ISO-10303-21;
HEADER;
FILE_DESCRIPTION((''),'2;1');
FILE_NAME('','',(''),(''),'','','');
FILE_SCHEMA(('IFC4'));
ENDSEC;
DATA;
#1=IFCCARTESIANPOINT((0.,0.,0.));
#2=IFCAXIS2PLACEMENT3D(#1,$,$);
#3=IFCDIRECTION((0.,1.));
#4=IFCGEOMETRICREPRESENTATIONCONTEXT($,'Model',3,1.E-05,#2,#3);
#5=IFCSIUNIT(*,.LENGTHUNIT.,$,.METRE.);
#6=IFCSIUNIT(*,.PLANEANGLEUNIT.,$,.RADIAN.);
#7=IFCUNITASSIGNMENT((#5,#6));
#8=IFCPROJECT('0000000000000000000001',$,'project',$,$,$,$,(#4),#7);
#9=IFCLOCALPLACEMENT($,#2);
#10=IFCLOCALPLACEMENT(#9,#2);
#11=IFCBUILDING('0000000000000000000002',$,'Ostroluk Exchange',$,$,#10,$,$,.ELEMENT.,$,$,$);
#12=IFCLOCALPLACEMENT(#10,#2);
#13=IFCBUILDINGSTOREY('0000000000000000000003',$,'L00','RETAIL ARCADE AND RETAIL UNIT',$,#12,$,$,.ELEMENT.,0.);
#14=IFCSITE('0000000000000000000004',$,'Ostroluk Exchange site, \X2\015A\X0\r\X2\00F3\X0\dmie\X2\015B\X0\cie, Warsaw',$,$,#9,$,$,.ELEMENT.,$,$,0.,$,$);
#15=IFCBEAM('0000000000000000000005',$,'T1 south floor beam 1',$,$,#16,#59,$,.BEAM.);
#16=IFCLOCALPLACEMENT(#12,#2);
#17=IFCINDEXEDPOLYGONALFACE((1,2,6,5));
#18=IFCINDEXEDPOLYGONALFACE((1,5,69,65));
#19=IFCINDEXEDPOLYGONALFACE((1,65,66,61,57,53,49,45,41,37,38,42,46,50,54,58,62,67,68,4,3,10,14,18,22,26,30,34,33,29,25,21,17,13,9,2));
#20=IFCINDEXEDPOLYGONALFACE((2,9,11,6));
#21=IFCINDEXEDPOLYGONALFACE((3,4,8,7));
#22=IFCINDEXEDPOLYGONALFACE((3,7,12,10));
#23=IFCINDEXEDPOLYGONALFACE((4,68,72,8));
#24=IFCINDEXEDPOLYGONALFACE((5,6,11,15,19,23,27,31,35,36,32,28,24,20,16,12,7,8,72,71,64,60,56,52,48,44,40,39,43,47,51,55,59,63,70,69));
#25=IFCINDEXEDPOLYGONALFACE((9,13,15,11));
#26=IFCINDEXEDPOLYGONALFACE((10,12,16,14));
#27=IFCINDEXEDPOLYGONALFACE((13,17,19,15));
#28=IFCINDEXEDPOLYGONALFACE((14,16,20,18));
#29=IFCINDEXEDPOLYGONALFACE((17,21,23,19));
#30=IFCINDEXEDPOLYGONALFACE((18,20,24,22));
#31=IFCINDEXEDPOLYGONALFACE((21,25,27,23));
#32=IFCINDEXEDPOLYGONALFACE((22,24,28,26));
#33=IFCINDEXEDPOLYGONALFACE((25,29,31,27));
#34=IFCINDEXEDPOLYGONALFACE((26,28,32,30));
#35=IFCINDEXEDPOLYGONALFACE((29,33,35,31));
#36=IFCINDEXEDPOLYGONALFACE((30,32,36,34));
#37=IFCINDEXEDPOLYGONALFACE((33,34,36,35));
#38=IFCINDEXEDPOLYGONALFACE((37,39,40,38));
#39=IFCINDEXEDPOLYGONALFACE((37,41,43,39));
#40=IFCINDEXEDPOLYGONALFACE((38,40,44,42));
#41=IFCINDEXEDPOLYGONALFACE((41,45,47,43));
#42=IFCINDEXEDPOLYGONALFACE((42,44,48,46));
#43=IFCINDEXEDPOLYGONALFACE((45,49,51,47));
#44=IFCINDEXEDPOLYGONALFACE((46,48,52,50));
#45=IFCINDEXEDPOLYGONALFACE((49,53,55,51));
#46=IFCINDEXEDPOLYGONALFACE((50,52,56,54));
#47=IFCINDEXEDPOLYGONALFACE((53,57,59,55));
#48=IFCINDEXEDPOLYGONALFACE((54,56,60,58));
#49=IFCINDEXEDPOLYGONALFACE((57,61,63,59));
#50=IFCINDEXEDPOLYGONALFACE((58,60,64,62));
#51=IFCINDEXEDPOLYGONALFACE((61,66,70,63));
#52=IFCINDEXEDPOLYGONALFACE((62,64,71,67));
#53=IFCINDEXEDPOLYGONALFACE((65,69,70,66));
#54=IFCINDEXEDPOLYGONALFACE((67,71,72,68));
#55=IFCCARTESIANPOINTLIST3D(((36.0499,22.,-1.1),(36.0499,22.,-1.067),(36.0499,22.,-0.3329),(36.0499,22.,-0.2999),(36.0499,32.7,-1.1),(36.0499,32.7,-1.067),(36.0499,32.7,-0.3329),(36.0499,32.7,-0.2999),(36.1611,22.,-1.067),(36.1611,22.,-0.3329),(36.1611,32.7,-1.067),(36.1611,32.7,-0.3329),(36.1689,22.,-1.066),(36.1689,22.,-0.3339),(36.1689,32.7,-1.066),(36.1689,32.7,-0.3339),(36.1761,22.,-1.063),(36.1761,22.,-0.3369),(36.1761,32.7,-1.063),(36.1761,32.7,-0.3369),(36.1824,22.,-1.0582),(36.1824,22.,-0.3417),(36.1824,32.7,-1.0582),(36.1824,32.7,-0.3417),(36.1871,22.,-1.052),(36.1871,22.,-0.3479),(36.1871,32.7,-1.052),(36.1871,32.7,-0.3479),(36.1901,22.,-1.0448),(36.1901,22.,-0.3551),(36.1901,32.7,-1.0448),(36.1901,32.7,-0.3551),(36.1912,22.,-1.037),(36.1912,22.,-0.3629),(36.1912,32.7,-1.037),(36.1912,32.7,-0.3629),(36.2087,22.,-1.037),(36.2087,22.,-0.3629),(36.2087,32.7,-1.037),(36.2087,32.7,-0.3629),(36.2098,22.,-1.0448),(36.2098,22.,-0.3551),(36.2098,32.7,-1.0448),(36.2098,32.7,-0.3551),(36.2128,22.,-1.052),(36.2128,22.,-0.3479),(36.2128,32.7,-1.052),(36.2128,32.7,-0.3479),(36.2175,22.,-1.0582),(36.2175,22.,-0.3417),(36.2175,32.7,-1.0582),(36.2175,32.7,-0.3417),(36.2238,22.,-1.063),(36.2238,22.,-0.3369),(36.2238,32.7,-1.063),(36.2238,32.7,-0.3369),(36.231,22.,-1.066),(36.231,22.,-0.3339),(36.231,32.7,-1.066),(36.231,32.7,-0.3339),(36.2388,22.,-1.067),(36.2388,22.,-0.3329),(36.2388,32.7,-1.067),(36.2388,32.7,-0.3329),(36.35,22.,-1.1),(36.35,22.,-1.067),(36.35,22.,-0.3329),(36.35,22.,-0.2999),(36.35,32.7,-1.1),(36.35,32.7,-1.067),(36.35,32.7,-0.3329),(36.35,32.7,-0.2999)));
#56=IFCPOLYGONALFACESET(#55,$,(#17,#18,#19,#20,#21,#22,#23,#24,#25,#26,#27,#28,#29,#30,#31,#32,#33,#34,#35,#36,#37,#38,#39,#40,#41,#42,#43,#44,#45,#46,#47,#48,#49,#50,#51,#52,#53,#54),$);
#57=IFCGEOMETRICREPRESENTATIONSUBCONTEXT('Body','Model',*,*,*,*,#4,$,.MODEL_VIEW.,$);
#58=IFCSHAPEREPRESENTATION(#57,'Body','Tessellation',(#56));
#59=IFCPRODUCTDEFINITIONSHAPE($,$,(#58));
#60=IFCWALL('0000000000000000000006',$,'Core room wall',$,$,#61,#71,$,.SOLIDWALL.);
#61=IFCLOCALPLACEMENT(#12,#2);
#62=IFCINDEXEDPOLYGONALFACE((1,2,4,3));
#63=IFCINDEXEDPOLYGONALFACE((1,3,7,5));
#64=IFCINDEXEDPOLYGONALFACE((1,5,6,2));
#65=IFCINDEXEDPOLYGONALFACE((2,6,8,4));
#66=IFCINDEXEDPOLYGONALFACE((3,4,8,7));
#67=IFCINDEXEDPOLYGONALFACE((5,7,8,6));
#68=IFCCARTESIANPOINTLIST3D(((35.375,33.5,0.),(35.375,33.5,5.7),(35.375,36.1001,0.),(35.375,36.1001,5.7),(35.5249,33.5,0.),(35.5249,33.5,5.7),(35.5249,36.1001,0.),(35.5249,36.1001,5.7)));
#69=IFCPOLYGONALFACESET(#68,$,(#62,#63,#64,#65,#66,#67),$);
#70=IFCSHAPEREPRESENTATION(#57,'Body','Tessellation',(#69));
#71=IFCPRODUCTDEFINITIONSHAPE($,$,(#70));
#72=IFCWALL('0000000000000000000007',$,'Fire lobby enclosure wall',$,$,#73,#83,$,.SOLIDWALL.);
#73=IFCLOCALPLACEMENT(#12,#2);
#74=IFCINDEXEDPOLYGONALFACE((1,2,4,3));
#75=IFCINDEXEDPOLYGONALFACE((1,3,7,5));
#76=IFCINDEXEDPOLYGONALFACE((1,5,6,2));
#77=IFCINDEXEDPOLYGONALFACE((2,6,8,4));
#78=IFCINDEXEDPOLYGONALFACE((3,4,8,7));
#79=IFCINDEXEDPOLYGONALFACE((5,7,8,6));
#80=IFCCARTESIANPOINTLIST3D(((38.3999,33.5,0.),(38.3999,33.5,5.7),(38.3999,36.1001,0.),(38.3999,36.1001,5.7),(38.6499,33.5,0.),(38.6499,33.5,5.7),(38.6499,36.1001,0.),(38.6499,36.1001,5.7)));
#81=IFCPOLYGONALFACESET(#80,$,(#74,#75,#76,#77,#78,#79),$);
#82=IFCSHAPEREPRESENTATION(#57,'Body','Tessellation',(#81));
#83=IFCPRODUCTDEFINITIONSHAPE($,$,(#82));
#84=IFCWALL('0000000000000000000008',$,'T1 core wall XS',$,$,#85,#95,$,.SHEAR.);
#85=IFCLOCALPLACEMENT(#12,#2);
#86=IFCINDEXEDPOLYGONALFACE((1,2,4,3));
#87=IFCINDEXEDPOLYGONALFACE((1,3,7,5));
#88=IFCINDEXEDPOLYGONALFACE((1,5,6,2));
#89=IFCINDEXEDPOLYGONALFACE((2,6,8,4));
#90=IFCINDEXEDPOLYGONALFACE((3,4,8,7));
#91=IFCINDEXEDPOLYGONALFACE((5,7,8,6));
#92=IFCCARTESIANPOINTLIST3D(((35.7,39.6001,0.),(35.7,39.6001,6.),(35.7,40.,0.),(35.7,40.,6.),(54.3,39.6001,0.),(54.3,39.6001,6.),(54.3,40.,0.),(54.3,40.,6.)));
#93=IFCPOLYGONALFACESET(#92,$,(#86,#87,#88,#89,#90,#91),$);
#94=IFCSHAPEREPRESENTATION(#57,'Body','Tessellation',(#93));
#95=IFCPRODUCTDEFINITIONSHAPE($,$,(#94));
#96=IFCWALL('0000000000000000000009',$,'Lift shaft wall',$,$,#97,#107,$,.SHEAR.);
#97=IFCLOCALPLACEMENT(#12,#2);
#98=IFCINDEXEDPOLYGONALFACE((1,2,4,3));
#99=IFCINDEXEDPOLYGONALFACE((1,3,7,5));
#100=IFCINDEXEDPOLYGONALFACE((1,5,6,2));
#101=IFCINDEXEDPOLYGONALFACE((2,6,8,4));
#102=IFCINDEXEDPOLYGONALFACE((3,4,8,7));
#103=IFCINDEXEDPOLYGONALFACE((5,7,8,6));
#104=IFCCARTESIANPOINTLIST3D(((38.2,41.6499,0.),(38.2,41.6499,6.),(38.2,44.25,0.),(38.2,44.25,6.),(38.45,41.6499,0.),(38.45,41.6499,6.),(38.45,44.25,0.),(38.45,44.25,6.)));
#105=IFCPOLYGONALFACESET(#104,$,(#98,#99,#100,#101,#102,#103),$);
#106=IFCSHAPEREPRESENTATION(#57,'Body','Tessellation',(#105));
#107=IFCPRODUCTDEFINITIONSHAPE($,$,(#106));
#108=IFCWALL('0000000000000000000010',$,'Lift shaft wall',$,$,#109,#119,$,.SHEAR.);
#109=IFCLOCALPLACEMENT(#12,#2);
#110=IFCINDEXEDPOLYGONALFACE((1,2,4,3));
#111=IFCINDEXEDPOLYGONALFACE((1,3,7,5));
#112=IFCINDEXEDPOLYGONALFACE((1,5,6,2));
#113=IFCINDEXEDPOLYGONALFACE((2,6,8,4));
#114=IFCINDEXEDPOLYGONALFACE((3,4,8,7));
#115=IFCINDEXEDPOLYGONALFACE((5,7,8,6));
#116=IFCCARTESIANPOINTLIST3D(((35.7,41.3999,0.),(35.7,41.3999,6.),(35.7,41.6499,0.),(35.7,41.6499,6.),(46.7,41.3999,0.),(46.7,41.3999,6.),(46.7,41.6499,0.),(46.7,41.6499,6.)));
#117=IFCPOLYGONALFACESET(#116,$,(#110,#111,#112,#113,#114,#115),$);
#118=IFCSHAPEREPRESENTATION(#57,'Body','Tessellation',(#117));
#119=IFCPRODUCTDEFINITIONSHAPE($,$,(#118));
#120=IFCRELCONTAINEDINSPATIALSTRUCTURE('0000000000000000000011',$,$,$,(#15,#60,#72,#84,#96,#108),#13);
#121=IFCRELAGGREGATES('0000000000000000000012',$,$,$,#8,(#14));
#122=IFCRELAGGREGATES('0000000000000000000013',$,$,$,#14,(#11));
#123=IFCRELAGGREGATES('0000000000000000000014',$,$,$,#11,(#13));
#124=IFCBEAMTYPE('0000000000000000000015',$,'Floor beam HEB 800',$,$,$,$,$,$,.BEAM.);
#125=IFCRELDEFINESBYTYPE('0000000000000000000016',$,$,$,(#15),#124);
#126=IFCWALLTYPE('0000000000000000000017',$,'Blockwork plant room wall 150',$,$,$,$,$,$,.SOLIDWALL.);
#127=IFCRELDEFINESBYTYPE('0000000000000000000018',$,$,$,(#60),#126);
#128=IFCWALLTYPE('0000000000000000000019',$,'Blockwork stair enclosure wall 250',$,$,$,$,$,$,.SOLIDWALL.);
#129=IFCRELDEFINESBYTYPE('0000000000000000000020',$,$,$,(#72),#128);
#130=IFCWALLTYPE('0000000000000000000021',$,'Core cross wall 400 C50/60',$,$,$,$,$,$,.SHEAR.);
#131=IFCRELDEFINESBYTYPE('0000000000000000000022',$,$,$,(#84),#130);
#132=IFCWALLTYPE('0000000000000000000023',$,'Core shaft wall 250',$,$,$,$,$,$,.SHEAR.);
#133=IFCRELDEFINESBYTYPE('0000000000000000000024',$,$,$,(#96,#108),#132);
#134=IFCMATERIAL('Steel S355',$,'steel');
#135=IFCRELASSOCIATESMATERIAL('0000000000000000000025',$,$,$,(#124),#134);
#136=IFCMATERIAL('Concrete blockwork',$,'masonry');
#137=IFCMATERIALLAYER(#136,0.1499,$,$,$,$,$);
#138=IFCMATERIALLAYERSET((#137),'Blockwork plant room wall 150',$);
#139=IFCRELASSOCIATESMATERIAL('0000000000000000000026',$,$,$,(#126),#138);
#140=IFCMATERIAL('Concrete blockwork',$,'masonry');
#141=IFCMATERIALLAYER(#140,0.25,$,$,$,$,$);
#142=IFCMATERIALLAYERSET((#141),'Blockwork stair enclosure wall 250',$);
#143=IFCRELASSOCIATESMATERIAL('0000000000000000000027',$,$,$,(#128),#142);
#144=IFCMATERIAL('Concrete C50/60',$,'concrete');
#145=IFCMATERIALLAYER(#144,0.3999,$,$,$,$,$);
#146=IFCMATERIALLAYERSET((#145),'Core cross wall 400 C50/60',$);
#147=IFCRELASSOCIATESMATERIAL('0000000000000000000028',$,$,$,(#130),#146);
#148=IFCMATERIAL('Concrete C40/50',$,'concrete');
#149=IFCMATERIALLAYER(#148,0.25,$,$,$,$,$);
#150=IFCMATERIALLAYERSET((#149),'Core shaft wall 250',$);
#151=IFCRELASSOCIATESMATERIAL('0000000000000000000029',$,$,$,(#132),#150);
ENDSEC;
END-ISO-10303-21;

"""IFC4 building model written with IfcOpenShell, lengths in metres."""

from ifc_helpers import new_model, si_unit, direction, frame, frame_2d, origin, origin_2d, place, context, subcontext, project, spatial, rectangle, i_section, extrude, material, layer, layer_set, material_profile, profile_set, type_object, element, save


model = new_model("IFC4")

# Units and contexts
model_context = context("Model", 3, precision=1e-05, world=origin(), true_north=direction((0.0, 1.0)))
body_context = subcontext(model_context, "Body", "Model", "MODEL_VIEW")
ifc_project = project(units=[si_unit("LENGTHUNIT", "METRE"), si_unit("PLANEANGLEUNIT", "RADIAN")], contexts=[model_context])

# Site, building, storey
site_placement = place(None, origin())
site = spatial("IfcSite", under=ifc_project, at=site_placement, Name="Ostroluk Exchange site, Śródmieście, Warsaw", CompositionType="ELEMENT", RefElevation=0.0)
building_placement = place(site_placement, origin())
building = spatial("IfcBuilding", under=site, at=building_placement, Name="Ostroluk Exchange", CompositionType="ELEMENT")
storey_placement = place(building_placement, origin())
storey = spatial("IfcBuildingStorey", under=building, at=storey_placement, Name="L00", Description="RETAIL ARCADE AND RETAIL UNIT", CompositionType="ELEMENT", Elevation=0.0)

# Beam
ifc_material_1 = material(Name="Steel S355", Category="steel")
ifc_material_profile = material_profile(ifc_material_1, i_section(OverallWidth=0.3, OverallDepth=0.8, WebThickness=0.0176, FlangeThickness=0.033, FilletRadius=0.03, at=origin_2d()), Name="HEB 800")
ifc_profile_set = profile_set([ifc_material_profile], Name="Steel S355")
beam_type = type_object("IfcBeamType", Name="Floor beam HEB 800", PredefinedType="BEAM", material=ifc_profile_set)
beam_placement = place(storey_placement, frame((36.2, 32.7, -0.7), z_axis=(0.0, -1.0, 0.0), x_axis=(1.0, 0.0, 0.0)))
element("IfcBeam", 1, at=beam_placement, inside=storey, type_object=beam_type, Name="T1 south floor beam 1", PredefinedType="BEAM", context=body_context, shape_type="SweptSolid", body=[
    extrude(i_section(OverallWidth=0.3, OverallDepth=0.8, WebThickness=0.0176, FlangeThickness=0.033, FilletRadius=0.03, at=origin_2d()), origin(), (0.0, 0.0, 1.0), 10.7),
])

# Walls
ifc_material_2 = material(Name="Concrete blockwork", Category="masonry")
ifc_layer_1 = layer(ifc_material_2, 0.1499)
ifc_layer_set_1 = layer_set([ifc_layer_1], Name="Blockwork plant room wall 150")
wall_type_1 = type_object("IfcWallType", Name="Blockwork plant room wall 150", PredefinedType="SOLIDWALL", material=ifc_layer_set_1)
wall_1_placement = place(storey_placement, frame((35.45, 33.5, 0.0), z_axis=(0.0, 0.0, 1.0), x_axis=(0.0, 1.0, 0.0)))
element("IfcWall", 2, at=wall_1_placement, inside=storey, type_object=wall_type_1, Name="Core room wall", PredefinedType="SOLIDWALL", context=body_context, shape_type="SweptSolid", body=[
    extrude(rectangle(XDim=2.6001, YDim=0.1499, at=frame_2d((1.3, 0.0))), origin(), (0.0, 0.0, 1.0), 5.7),
])
ifc_material_3 = material(Name="Concrete blockwork", Category="masonry")
ifc_layer_2 = layer(ifc_material_3, 0.25)
ifc_layer_set_2 = layer_set([ifc_layer_2], Name="Blockwork stair enclosure wall 250")
wall_type_2 = type_object("IfcWallType", Name="Blockwork stair enclosure wall 250", PredefinedType="SOLIDWALL", material=ifc_layer_set_2)
wall_2_placement = place(storey_placement, frame((38.5249, 33.5, 0.0), z_axis=(0.0, 0.0, 1.0), x_axis=(0.0, 1.0, 0.0)))
element("IfcWall", 3, at=wall_2_placement, inside=storey, type_object=wall_type_2, Name="Fire lobby enclosure wall", PredefinedType="SOLIDWALL", context=body_context, shape_type="SweptSolid", body=[
    extrude(rectangle(XDim=2.6001, YDim=0.25, at=frame_2d((1.3, 0.0))), origin(), (0.0, 0.0, 1.0), 5.7),
])
ifc_material_4 = material(Name="Concrete C50/60", Category="concrete")
ifc_layer_3 = layer(ifc_material_4, 0.3999)
ifc_layer_set_3 = layer_set([ifc_layer_3], Name="Core cross wall 400 C50/60")
wall_type_3 = type_object("IfcWallType", Name="Core cross wall 400 C50/60", PredefinedType="SHEAR", material=ifc_layer_set_3)
wall_3_placement = place(storey_placement, frame((35.7, 39.8, 0.0), z_axis=(0.0, 0.0, 1.0), x_axis=(1.0, 0.0, 0.0)))
element("IfcWall", 4, at=wall_3_placement, inside=storey, type_object=wall_type_3, Name="T1 core wall XS", PredefinedType="SHEAR", context=body_context, shape_type="SweptSolid", body=[
    extrude(rectangle(XDim=18.6001, YDim=0.3999, at=frame_2d((9.3, 0.0))), origin(), (0.0, 0.0, 1.0), 6.0),
])
ifc_material_5 = material(Name="Concrete C40/50", Category="concrete")
ifc_layer_4 = layer(ifc_material_5, 0.25)
ifc_layer_set_4 = layer_set([ifc_layer_4], Name="Core shaft wall 250")
wall_type_4 = type_object("IfcWallType", Name="Core shaft wall 250", PredefinedType="SHEAR", material=ifc_layer_set_4)
wall_4_placement = place(storey_placement, frame((38.325, 44.25, 0.0), z_axis=(0.0, 0.0, 1.0), x_axis=(0.0, -1.0, 0.0)))
element("IfcWall", 5, at=wall_4_placement, inside=storey, type_object=wall_type_4, Name="Lift shaft wall", PredefinedType="SHEAR", context=body_context, shape_type="SweptSolid", body=[
    extrude(rectangle(XDim=2.6001, YDim=0.25, at=frame_2d((1.3, 0.0))), origin(), (0.0, 0.0, 1.0), 6.0),
])
wall_5_placement = place(storey_placement, frame((35.7, 41.5249, 0.0), z_axis=(0.0, 0.0, 1.0), x_axis=(1.0, 0.0, 0.0)))
element("IfcWall", 6, at=wall_5_placement, inside=storey, type_object=wall_type_4, Name="Lift shaft wall", PredefinedType="SHEAR", context=body_context, shape_type="SweptSolid", body=[
    extrude(rectangle(XDim=11.0, YDim=0.25, at=frame_2d((5.5, 0.0))), origin(), (0.0, 0.0, 1.0), 6.0),
])

save(model, "model.ifc")
